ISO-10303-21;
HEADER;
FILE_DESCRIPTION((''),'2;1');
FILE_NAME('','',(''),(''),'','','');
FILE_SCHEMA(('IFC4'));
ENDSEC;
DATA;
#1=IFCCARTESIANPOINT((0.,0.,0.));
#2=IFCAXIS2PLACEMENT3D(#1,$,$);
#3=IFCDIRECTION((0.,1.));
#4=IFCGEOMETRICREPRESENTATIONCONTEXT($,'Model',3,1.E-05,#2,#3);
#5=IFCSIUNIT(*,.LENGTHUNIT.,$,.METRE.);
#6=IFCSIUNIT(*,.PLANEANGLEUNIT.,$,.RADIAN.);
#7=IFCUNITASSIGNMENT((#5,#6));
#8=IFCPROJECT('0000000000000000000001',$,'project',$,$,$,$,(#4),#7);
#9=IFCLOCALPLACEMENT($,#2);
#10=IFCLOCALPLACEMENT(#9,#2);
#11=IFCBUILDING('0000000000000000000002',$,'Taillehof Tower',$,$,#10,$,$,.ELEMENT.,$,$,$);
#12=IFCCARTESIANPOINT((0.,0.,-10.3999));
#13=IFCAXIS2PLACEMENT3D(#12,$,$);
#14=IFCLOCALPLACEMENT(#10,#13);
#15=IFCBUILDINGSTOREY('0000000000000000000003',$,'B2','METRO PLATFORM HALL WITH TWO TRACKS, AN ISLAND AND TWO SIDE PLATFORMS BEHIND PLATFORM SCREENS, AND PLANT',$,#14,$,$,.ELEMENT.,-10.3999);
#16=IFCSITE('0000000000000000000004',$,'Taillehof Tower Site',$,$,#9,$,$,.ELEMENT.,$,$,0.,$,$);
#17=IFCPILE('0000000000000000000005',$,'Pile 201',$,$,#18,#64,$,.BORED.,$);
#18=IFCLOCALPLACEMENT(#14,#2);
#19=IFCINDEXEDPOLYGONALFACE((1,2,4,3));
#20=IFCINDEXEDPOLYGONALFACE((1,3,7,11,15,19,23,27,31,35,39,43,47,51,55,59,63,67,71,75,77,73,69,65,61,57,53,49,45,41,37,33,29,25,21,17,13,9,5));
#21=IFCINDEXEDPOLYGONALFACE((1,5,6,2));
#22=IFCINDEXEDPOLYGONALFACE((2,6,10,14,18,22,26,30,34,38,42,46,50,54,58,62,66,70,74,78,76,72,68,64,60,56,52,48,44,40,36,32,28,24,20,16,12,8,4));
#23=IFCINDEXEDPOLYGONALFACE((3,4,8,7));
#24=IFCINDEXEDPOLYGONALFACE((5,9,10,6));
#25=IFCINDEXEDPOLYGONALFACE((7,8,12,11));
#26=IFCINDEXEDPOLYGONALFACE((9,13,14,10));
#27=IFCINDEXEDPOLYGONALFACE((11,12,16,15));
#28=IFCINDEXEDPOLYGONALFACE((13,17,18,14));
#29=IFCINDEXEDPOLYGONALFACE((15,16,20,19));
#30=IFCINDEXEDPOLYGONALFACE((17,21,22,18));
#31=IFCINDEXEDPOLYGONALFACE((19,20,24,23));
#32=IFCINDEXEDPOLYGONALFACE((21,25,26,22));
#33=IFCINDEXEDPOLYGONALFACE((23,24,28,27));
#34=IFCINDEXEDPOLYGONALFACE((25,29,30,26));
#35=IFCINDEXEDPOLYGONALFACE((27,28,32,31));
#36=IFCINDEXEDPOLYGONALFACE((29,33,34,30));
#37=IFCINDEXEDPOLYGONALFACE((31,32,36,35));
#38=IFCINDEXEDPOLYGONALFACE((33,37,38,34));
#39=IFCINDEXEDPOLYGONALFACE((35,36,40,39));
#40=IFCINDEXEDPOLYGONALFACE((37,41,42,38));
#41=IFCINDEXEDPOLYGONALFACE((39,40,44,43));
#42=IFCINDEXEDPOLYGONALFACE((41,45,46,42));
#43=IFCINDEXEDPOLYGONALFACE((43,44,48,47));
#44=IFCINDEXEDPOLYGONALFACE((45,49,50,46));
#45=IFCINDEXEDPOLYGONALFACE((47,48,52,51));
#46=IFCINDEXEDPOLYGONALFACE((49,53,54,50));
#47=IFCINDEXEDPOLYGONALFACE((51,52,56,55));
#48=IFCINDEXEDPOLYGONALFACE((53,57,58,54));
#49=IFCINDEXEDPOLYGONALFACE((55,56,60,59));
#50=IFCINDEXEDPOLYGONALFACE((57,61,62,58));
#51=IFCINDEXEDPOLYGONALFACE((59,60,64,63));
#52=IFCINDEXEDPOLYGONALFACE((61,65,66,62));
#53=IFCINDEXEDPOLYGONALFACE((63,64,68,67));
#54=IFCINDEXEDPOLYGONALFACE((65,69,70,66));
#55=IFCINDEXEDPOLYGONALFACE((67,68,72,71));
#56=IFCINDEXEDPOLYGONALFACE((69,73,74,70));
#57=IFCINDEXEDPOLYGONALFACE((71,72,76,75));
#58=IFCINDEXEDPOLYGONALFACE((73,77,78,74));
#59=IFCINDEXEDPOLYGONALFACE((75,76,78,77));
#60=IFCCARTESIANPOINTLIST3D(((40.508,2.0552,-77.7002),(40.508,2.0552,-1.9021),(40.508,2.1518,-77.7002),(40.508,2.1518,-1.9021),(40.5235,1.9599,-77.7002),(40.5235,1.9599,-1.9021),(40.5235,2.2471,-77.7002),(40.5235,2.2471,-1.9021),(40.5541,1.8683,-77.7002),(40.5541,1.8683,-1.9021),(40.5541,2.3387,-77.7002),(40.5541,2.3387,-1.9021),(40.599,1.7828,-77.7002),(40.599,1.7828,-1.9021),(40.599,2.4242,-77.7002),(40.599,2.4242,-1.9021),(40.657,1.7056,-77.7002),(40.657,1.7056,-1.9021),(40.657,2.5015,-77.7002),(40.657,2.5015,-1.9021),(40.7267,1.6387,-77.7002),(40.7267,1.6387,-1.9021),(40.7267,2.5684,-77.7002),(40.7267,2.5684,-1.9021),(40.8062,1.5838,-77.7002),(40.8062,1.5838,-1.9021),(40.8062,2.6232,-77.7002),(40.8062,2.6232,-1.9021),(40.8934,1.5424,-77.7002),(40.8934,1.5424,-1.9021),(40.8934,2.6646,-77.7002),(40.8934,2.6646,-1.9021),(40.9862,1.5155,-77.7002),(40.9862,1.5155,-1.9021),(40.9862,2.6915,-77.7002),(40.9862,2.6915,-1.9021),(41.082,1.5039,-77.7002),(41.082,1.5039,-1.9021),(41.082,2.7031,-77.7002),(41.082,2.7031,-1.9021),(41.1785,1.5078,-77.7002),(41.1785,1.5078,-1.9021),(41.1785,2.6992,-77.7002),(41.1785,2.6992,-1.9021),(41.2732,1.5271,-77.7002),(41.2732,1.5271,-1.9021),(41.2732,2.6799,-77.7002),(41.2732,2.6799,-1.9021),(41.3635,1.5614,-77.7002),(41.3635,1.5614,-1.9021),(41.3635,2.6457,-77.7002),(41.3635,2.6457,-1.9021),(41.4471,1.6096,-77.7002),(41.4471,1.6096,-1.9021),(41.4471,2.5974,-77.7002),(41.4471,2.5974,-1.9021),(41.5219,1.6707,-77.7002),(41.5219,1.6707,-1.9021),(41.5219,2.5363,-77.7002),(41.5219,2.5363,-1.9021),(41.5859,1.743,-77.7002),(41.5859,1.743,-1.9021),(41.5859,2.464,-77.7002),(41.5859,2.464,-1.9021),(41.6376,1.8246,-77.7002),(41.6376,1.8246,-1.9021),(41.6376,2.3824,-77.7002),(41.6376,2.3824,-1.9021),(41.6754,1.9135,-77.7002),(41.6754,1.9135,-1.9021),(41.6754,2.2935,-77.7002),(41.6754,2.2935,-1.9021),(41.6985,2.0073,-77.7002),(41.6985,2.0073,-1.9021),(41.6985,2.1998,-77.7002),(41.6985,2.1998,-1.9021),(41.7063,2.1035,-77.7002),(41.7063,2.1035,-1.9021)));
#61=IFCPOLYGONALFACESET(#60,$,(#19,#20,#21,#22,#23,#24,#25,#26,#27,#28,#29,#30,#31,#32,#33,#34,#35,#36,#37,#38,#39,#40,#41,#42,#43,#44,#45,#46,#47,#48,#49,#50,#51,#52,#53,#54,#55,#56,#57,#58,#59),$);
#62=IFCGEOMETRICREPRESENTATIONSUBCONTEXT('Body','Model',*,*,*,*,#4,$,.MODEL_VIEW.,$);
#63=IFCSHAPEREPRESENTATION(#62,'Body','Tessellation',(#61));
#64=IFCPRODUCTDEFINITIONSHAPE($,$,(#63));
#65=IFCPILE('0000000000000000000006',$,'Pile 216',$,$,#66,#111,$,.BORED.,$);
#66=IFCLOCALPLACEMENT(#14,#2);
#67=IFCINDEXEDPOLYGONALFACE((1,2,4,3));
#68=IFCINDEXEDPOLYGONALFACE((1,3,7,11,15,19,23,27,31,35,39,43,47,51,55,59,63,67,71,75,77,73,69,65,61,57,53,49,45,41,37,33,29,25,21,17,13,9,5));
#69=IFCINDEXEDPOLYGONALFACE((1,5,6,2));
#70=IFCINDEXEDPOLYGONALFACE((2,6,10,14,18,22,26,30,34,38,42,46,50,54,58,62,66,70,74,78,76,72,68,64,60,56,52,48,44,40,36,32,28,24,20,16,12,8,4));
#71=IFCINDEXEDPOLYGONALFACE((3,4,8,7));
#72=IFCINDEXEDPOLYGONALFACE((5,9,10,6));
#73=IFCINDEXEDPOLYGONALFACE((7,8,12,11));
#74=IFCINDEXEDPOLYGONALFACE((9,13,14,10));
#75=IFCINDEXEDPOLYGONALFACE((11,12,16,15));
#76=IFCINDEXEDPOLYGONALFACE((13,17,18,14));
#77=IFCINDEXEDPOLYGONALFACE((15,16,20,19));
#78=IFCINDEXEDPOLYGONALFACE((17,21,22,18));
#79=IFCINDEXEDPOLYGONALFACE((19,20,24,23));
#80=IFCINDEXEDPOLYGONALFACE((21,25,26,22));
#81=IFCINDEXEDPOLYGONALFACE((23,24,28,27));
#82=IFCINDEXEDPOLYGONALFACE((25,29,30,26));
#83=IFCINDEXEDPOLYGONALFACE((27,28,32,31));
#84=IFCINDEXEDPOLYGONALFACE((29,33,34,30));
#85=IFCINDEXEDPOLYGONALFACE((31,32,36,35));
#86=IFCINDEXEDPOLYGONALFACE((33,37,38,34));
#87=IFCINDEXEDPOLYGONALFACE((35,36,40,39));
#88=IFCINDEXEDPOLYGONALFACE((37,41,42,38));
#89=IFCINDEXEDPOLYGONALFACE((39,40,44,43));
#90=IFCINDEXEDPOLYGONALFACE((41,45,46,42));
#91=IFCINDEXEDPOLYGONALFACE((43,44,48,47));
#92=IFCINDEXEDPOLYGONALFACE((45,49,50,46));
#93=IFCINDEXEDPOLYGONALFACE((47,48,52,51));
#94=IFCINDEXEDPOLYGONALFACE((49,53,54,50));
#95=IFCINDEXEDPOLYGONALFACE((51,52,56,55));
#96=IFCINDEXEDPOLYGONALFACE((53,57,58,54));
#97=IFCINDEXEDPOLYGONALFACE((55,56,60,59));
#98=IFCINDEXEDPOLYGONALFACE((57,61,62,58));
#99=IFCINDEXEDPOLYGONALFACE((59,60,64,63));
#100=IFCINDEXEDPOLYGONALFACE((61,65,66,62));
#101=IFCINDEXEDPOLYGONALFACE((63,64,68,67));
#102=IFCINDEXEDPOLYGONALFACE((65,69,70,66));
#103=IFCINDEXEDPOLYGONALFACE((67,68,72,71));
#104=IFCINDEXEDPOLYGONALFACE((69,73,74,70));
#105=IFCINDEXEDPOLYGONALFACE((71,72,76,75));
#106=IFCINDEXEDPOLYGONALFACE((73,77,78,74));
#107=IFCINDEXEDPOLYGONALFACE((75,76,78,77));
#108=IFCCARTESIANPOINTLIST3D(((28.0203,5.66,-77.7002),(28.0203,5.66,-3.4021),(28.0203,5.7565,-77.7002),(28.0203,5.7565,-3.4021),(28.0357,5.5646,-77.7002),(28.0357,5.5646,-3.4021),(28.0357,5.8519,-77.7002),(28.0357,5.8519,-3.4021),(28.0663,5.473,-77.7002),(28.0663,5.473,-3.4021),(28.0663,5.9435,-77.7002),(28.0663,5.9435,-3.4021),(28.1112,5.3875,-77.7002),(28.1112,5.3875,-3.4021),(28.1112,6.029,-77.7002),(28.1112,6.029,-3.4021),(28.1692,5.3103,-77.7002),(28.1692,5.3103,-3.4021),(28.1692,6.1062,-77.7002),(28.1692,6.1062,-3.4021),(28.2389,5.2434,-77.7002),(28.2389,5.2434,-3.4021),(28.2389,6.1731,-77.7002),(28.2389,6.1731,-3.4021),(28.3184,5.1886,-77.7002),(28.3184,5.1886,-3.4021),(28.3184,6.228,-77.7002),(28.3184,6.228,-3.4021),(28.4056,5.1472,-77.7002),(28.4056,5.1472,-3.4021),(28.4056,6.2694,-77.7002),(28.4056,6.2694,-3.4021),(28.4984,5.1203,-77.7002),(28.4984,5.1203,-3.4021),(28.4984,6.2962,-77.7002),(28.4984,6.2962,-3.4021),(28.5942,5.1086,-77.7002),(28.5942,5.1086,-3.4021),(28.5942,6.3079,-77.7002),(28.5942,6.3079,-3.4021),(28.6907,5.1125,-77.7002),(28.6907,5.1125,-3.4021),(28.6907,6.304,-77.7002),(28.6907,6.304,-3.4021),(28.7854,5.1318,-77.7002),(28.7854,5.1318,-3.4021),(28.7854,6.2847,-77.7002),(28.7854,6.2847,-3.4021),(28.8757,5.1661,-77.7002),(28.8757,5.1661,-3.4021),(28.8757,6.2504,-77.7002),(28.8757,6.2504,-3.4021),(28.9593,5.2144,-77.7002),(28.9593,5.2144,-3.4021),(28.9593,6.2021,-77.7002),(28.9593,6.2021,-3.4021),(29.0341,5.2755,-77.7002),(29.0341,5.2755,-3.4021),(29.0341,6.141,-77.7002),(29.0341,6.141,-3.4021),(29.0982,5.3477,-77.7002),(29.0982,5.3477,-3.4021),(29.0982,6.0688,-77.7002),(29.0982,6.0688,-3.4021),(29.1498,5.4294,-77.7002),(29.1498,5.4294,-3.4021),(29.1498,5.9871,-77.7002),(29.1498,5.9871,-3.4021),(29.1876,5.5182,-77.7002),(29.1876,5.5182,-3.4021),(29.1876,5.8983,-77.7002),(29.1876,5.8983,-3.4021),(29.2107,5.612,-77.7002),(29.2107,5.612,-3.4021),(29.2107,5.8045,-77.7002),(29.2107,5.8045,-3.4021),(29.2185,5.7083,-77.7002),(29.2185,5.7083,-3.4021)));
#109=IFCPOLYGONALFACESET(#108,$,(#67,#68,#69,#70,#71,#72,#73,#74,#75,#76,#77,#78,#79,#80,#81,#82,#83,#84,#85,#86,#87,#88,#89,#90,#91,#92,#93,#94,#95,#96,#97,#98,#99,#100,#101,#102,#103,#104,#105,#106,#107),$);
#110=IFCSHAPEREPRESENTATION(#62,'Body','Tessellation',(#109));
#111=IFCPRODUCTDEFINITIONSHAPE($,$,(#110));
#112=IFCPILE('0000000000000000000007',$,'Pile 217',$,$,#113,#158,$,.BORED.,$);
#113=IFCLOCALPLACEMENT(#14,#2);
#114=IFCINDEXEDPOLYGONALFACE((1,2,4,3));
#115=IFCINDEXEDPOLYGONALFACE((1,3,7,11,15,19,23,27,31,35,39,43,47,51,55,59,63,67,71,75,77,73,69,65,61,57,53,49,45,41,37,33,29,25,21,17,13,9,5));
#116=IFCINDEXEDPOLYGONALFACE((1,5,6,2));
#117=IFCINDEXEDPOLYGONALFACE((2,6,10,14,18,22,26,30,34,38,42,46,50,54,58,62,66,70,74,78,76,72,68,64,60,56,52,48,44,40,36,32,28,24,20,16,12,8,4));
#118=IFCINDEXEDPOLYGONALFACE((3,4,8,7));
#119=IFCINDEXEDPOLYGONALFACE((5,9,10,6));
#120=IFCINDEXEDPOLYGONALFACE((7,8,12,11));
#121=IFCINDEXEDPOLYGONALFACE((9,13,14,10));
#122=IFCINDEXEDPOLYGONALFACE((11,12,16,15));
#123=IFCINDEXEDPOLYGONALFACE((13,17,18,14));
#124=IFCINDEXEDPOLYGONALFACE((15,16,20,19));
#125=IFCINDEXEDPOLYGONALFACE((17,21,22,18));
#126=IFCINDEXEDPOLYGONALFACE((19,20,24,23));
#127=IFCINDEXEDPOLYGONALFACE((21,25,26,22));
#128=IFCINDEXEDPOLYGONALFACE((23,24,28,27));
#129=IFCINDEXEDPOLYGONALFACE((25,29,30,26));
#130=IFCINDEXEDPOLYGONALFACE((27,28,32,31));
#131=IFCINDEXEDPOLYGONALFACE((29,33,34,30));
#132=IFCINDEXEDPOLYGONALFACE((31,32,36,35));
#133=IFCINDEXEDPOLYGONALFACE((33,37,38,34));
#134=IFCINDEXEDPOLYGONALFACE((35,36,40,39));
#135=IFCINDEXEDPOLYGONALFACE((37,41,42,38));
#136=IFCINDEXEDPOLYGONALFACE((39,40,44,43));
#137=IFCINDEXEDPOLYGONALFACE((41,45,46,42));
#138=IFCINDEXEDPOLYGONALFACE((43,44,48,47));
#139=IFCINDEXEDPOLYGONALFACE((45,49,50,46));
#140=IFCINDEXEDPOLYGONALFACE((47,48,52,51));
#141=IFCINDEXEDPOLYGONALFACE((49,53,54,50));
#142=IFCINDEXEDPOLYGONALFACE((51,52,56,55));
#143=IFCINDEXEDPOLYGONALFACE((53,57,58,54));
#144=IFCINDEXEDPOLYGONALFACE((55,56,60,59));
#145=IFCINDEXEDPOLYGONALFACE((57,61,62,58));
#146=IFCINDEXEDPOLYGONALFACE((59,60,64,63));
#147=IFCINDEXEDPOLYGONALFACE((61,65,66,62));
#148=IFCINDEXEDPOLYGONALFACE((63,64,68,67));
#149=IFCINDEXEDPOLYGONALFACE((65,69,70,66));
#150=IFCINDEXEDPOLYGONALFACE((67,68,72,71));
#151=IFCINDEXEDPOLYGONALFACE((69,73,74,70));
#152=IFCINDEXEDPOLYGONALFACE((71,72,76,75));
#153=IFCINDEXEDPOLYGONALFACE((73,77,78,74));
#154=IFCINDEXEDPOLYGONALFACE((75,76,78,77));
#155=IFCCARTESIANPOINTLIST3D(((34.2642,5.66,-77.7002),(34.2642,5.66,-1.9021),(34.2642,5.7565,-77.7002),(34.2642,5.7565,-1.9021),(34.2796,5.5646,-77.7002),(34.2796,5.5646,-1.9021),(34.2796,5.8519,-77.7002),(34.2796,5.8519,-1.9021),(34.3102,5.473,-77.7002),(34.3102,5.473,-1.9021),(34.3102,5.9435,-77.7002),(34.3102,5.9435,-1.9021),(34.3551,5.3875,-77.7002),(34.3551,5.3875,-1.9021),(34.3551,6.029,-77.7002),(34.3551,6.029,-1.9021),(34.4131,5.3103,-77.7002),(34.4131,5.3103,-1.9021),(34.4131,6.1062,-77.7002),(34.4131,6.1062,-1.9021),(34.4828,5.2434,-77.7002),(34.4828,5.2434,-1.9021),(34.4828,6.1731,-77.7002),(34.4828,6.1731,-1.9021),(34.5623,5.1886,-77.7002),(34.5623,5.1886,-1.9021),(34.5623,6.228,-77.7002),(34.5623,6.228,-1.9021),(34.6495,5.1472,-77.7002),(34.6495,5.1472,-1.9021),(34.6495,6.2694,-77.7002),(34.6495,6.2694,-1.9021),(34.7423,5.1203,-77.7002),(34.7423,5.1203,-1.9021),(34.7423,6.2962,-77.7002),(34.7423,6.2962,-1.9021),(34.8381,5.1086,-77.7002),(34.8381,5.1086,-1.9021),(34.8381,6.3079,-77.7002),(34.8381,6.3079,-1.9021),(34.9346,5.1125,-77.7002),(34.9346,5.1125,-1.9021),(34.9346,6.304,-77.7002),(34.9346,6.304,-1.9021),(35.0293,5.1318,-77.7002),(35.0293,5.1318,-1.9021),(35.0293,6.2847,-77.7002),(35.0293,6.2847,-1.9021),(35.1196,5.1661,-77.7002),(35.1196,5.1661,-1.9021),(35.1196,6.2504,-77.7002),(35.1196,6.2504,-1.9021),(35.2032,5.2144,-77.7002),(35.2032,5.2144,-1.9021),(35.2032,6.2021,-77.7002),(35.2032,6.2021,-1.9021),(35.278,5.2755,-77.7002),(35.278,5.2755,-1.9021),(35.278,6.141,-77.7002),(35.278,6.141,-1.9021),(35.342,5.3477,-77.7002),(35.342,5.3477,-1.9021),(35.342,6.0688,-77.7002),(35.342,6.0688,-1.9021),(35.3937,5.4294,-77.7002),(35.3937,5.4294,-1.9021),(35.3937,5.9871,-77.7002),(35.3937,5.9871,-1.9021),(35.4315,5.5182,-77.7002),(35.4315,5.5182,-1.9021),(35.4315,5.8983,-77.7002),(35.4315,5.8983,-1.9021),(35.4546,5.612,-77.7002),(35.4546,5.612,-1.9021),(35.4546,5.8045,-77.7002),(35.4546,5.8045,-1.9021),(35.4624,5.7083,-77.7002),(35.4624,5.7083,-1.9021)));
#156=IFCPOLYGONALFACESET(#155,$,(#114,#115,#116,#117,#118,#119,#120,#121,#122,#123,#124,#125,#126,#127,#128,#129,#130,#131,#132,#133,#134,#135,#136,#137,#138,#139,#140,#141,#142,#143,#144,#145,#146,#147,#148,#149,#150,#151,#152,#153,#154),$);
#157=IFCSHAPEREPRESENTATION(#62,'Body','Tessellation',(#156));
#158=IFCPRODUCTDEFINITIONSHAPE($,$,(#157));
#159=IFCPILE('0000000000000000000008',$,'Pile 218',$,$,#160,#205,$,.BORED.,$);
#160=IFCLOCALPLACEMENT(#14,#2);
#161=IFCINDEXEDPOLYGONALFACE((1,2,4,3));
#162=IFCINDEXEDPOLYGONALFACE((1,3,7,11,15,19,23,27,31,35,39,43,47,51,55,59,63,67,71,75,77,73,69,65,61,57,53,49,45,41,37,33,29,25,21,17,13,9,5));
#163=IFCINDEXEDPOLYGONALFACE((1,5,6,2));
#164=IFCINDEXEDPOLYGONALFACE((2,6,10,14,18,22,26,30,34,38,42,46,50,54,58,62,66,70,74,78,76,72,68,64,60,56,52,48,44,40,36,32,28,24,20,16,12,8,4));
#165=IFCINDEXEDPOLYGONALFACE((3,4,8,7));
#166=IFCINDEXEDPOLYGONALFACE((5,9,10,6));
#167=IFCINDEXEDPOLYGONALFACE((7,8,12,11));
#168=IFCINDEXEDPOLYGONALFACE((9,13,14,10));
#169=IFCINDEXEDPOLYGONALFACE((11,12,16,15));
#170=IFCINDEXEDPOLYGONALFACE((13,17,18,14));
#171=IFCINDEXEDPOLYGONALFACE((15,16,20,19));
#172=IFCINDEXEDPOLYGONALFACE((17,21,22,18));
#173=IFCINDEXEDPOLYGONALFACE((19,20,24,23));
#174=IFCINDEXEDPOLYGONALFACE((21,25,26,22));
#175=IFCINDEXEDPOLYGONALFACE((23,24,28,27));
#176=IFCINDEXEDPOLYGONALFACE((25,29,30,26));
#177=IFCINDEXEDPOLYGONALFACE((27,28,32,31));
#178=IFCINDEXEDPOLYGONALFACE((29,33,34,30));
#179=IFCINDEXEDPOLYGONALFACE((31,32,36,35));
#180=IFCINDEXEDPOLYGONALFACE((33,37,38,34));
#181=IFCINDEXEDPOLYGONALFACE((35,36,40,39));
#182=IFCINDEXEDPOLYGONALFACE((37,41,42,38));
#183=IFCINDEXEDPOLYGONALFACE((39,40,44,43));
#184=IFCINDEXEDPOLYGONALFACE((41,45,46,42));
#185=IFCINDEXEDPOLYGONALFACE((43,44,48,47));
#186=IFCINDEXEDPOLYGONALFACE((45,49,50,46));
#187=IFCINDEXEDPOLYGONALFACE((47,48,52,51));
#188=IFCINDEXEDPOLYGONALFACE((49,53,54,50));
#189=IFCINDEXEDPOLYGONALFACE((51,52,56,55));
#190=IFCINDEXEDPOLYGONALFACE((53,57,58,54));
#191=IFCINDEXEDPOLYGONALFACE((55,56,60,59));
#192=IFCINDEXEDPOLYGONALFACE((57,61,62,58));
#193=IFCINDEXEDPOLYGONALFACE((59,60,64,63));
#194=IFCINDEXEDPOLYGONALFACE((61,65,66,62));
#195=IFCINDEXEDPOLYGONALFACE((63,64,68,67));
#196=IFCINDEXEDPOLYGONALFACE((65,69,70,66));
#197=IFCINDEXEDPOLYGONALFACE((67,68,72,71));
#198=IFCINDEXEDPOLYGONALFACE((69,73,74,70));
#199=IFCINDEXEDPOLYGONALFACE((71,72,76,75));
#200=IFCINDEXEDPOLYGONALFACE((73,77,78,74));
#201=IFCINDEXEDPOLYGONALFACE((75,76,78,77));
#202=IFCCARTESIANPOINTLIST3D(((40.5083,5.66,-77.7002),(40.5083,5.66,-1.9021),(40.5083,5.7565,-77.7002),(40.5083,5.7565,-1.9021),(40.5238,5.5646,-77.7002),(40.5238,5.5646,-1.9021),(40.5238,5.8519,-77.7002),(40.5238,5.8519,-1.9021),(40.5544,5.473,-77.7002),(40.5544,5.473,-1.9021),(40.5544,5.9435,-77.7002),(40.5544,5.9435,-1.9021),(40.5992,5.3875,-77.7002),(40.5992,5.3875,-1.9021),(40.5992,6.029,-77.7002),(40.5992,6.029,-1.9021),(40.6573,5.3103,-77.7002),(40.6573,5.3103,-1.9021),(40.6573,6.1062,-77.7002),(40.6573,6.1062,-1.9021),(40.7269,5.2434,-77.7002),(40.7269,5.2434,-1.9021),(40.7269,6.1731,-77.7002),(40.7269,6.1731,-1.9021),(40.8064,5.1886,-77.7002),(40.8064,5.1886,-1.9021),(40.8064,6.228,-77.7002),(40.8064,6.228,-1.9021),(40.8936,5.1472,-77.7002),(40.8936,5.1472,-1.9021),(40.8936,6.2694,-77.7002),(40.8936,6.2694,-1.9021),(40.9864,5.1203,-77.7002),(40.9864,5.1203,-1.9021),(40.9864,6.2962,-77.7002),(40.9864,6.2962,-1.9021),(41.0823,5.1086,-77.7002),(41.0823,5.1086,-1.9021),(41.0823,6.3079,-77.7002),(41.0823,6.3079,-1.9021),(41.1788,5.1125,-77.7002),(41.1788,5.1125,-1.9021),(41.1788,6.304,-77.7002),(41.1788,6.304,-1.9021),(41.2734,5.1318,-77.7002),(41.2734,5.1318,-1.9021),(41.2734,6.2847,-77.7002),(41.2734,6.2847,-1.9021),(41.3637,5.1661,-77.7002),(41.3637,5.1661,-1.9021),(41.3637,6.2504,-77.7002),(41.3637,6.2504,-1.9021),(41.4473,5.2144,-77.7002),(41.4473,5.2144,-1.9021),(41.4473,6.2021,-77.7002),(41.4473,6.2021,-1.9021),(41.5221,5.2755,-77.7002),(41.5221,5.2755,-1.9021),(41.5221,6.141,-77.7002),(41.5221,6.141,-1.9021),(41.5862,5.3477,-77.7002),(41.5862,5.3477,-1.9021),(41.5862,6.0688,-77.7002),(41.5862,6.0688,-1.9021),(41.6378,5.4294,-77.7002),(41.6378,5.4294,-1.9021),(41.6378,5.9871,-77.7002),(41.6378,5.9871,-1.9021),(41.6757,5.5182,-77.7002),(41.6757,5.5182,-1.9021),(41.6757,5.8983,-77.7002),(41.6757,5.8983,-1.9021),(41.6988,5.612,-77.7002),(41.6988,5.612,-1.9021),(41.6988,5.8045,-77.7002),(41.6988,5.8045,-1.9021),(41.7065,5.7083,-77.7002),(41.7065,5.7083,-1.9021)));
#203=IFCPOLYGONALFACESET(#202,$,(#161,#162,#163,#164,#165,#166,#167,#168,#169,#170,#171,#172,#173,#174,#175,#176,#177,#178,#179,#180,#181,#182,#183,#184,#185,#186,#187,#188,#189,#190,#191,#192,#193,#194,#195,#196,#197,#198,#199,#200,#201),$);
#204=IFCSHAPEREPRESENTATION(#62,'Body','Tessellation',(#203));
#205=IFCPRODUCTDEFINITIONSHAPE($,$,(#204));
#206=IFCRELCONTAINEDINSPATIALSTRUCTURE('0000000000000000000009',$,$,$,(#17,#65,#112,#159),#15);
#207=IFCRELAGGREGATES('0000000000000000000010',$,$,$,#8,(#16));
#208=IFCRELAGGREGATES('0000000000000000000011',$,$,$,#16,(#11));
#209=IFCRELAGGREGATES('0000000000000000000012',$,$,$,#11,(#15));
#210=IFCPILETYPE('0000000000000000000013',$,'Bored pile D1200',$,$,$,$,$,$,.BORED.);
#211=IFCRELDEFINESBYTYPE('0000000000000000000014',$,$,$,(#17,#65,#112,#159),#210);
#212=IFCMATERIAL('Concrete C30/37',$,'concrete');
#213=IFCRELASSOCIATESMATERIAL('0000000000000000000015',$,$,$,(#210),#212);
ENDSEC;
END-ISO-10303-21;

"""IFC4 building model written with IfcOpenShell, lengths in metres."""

from ifc_helpers import new_model, si_unit, direction, frame, origin, origin_2d, place, context, subcontext, project, spatial, circle, extrude, material, material_profile, profile_set, type_object, element, save


model = new_model("IFC4")

# Units and contexts
model_context = context("Model", 3, precision=1e-05, world=origin(), true_north=direction((0.0, 1.0)))
body_context = subcontext(model_context, "Body", "Model", "MODEL_VIEW")
ifc_project = project(units=[si_unit("LENGTHUNIT", "METRE"), si_unit("PLANEANGLEUNIT", "RADIAN")], contexts=[model_context])

# Site, building, storey
site_placement = place(None, origin())
site = spatial("IfcSite", under=ifc_project, at=site_placement, Name="Taillehof Tower Site", CompositionType="ELEMENT", RefElevation=0.0)
building_placement = place(site_placement, origin())
building = spatial("IfcBuilding", under=site, at=building_placement, Name="Taillehof Tower", CompositionType="ELEMENT")
storey_placement = place(building_placement, frame((0.0, 0.0, -10.3999)))
storey = spatial("IfcBuildingStorey", under=building, at=storey_placement, Name="B2", Description="METRO PLATFORM HALL WITH TWO TRACKS, AN ISLAND AND TWO SIDE PLATFORMS BEHIND PLATFORM SCREENS, AND PLANT", CompositionType="ELEMENT", Elevation=-10.3999)

# Piles
ifc_material_1 = material(Name="Concrete C30/37", Category="concrete")
ifc_material_profile_1 = material_profile(ifc_material_1, circle(Radius=0.6001, at=origin_2d()), Name="BP D1200")
ifc_profile_set_1 = profile_set([ifc_material_profile_1], Name="Concrete C30/37")
pile_type = type_object("IfcPileType", Name="Bored pile D1200", PredefinedType="BORED", material=ifc_profile_set_1)
for number, where, z_axis, x_axis, name in (
    (1, (41.1062, 2.1035, -1.9021), (0.0, 0.0, -1.0), (1.0, 0.0, 0.0), "Pile 201"),
):
    element("IfcPile", number, at=place(storey_placement, frame(where, z_axis=z_axis, x_axis=x_axis)), inside=storey, type_object=pile_type, Name=name, PredefinedType="BORED", context=body_context, shape_type="SweptSolid", body=[
        extrude(circle(Radius=0.6001, at=origin_2d()), origin(), (0.0, 0.0, 1.0), 75.7981),
    ])
pile_1_placement = place(storey_placement, frame((28.6184, 5.7083, -3.4021), z_axis=(0.0, 0.0, -1.0), x_axis=(1.0, 0.0, 0.0)))
element("IfcPile", 2, at=pile_1_placement, inside=storey, type_object=pile_type, Name="Pile 216", PredefinedType="BORED", context=body_context, shape_type="SweptSolid", body=[
    extrude(circle(Radius=0.6001, at=origin_2d()), origin(), (0.0, 0.0, 1.0), 74.2981),
])
for number, where, z_axis, x_axis, name in (
    (3, (34.8623, 5.7083, -1.9021), (0.0, 0.0, -1.0), (1.0, 0.0, 0.0), "Pile 217"),
    (4, (41.1064, 5.7083, -1.9021), (0.0, 0.0, -1.0), (1.0, 0.0, 0.0), "Pile 218"),
):
    element("IfcPile", number, at=place(storey_placement, frame(where, z_axis=z_axis, x_axis=x_axis)), inside=storey, type_object=pile_type, Name=name, PredefinedType="BORED", context=body_context, shape_type="SweptSolid", body=[
        extrude(circle(Radius=0.6001, at=origin_2d()), origin(), (0.0, 0.0, 1.0), 75.7981),
    ])

save(model, "model.ifc")
